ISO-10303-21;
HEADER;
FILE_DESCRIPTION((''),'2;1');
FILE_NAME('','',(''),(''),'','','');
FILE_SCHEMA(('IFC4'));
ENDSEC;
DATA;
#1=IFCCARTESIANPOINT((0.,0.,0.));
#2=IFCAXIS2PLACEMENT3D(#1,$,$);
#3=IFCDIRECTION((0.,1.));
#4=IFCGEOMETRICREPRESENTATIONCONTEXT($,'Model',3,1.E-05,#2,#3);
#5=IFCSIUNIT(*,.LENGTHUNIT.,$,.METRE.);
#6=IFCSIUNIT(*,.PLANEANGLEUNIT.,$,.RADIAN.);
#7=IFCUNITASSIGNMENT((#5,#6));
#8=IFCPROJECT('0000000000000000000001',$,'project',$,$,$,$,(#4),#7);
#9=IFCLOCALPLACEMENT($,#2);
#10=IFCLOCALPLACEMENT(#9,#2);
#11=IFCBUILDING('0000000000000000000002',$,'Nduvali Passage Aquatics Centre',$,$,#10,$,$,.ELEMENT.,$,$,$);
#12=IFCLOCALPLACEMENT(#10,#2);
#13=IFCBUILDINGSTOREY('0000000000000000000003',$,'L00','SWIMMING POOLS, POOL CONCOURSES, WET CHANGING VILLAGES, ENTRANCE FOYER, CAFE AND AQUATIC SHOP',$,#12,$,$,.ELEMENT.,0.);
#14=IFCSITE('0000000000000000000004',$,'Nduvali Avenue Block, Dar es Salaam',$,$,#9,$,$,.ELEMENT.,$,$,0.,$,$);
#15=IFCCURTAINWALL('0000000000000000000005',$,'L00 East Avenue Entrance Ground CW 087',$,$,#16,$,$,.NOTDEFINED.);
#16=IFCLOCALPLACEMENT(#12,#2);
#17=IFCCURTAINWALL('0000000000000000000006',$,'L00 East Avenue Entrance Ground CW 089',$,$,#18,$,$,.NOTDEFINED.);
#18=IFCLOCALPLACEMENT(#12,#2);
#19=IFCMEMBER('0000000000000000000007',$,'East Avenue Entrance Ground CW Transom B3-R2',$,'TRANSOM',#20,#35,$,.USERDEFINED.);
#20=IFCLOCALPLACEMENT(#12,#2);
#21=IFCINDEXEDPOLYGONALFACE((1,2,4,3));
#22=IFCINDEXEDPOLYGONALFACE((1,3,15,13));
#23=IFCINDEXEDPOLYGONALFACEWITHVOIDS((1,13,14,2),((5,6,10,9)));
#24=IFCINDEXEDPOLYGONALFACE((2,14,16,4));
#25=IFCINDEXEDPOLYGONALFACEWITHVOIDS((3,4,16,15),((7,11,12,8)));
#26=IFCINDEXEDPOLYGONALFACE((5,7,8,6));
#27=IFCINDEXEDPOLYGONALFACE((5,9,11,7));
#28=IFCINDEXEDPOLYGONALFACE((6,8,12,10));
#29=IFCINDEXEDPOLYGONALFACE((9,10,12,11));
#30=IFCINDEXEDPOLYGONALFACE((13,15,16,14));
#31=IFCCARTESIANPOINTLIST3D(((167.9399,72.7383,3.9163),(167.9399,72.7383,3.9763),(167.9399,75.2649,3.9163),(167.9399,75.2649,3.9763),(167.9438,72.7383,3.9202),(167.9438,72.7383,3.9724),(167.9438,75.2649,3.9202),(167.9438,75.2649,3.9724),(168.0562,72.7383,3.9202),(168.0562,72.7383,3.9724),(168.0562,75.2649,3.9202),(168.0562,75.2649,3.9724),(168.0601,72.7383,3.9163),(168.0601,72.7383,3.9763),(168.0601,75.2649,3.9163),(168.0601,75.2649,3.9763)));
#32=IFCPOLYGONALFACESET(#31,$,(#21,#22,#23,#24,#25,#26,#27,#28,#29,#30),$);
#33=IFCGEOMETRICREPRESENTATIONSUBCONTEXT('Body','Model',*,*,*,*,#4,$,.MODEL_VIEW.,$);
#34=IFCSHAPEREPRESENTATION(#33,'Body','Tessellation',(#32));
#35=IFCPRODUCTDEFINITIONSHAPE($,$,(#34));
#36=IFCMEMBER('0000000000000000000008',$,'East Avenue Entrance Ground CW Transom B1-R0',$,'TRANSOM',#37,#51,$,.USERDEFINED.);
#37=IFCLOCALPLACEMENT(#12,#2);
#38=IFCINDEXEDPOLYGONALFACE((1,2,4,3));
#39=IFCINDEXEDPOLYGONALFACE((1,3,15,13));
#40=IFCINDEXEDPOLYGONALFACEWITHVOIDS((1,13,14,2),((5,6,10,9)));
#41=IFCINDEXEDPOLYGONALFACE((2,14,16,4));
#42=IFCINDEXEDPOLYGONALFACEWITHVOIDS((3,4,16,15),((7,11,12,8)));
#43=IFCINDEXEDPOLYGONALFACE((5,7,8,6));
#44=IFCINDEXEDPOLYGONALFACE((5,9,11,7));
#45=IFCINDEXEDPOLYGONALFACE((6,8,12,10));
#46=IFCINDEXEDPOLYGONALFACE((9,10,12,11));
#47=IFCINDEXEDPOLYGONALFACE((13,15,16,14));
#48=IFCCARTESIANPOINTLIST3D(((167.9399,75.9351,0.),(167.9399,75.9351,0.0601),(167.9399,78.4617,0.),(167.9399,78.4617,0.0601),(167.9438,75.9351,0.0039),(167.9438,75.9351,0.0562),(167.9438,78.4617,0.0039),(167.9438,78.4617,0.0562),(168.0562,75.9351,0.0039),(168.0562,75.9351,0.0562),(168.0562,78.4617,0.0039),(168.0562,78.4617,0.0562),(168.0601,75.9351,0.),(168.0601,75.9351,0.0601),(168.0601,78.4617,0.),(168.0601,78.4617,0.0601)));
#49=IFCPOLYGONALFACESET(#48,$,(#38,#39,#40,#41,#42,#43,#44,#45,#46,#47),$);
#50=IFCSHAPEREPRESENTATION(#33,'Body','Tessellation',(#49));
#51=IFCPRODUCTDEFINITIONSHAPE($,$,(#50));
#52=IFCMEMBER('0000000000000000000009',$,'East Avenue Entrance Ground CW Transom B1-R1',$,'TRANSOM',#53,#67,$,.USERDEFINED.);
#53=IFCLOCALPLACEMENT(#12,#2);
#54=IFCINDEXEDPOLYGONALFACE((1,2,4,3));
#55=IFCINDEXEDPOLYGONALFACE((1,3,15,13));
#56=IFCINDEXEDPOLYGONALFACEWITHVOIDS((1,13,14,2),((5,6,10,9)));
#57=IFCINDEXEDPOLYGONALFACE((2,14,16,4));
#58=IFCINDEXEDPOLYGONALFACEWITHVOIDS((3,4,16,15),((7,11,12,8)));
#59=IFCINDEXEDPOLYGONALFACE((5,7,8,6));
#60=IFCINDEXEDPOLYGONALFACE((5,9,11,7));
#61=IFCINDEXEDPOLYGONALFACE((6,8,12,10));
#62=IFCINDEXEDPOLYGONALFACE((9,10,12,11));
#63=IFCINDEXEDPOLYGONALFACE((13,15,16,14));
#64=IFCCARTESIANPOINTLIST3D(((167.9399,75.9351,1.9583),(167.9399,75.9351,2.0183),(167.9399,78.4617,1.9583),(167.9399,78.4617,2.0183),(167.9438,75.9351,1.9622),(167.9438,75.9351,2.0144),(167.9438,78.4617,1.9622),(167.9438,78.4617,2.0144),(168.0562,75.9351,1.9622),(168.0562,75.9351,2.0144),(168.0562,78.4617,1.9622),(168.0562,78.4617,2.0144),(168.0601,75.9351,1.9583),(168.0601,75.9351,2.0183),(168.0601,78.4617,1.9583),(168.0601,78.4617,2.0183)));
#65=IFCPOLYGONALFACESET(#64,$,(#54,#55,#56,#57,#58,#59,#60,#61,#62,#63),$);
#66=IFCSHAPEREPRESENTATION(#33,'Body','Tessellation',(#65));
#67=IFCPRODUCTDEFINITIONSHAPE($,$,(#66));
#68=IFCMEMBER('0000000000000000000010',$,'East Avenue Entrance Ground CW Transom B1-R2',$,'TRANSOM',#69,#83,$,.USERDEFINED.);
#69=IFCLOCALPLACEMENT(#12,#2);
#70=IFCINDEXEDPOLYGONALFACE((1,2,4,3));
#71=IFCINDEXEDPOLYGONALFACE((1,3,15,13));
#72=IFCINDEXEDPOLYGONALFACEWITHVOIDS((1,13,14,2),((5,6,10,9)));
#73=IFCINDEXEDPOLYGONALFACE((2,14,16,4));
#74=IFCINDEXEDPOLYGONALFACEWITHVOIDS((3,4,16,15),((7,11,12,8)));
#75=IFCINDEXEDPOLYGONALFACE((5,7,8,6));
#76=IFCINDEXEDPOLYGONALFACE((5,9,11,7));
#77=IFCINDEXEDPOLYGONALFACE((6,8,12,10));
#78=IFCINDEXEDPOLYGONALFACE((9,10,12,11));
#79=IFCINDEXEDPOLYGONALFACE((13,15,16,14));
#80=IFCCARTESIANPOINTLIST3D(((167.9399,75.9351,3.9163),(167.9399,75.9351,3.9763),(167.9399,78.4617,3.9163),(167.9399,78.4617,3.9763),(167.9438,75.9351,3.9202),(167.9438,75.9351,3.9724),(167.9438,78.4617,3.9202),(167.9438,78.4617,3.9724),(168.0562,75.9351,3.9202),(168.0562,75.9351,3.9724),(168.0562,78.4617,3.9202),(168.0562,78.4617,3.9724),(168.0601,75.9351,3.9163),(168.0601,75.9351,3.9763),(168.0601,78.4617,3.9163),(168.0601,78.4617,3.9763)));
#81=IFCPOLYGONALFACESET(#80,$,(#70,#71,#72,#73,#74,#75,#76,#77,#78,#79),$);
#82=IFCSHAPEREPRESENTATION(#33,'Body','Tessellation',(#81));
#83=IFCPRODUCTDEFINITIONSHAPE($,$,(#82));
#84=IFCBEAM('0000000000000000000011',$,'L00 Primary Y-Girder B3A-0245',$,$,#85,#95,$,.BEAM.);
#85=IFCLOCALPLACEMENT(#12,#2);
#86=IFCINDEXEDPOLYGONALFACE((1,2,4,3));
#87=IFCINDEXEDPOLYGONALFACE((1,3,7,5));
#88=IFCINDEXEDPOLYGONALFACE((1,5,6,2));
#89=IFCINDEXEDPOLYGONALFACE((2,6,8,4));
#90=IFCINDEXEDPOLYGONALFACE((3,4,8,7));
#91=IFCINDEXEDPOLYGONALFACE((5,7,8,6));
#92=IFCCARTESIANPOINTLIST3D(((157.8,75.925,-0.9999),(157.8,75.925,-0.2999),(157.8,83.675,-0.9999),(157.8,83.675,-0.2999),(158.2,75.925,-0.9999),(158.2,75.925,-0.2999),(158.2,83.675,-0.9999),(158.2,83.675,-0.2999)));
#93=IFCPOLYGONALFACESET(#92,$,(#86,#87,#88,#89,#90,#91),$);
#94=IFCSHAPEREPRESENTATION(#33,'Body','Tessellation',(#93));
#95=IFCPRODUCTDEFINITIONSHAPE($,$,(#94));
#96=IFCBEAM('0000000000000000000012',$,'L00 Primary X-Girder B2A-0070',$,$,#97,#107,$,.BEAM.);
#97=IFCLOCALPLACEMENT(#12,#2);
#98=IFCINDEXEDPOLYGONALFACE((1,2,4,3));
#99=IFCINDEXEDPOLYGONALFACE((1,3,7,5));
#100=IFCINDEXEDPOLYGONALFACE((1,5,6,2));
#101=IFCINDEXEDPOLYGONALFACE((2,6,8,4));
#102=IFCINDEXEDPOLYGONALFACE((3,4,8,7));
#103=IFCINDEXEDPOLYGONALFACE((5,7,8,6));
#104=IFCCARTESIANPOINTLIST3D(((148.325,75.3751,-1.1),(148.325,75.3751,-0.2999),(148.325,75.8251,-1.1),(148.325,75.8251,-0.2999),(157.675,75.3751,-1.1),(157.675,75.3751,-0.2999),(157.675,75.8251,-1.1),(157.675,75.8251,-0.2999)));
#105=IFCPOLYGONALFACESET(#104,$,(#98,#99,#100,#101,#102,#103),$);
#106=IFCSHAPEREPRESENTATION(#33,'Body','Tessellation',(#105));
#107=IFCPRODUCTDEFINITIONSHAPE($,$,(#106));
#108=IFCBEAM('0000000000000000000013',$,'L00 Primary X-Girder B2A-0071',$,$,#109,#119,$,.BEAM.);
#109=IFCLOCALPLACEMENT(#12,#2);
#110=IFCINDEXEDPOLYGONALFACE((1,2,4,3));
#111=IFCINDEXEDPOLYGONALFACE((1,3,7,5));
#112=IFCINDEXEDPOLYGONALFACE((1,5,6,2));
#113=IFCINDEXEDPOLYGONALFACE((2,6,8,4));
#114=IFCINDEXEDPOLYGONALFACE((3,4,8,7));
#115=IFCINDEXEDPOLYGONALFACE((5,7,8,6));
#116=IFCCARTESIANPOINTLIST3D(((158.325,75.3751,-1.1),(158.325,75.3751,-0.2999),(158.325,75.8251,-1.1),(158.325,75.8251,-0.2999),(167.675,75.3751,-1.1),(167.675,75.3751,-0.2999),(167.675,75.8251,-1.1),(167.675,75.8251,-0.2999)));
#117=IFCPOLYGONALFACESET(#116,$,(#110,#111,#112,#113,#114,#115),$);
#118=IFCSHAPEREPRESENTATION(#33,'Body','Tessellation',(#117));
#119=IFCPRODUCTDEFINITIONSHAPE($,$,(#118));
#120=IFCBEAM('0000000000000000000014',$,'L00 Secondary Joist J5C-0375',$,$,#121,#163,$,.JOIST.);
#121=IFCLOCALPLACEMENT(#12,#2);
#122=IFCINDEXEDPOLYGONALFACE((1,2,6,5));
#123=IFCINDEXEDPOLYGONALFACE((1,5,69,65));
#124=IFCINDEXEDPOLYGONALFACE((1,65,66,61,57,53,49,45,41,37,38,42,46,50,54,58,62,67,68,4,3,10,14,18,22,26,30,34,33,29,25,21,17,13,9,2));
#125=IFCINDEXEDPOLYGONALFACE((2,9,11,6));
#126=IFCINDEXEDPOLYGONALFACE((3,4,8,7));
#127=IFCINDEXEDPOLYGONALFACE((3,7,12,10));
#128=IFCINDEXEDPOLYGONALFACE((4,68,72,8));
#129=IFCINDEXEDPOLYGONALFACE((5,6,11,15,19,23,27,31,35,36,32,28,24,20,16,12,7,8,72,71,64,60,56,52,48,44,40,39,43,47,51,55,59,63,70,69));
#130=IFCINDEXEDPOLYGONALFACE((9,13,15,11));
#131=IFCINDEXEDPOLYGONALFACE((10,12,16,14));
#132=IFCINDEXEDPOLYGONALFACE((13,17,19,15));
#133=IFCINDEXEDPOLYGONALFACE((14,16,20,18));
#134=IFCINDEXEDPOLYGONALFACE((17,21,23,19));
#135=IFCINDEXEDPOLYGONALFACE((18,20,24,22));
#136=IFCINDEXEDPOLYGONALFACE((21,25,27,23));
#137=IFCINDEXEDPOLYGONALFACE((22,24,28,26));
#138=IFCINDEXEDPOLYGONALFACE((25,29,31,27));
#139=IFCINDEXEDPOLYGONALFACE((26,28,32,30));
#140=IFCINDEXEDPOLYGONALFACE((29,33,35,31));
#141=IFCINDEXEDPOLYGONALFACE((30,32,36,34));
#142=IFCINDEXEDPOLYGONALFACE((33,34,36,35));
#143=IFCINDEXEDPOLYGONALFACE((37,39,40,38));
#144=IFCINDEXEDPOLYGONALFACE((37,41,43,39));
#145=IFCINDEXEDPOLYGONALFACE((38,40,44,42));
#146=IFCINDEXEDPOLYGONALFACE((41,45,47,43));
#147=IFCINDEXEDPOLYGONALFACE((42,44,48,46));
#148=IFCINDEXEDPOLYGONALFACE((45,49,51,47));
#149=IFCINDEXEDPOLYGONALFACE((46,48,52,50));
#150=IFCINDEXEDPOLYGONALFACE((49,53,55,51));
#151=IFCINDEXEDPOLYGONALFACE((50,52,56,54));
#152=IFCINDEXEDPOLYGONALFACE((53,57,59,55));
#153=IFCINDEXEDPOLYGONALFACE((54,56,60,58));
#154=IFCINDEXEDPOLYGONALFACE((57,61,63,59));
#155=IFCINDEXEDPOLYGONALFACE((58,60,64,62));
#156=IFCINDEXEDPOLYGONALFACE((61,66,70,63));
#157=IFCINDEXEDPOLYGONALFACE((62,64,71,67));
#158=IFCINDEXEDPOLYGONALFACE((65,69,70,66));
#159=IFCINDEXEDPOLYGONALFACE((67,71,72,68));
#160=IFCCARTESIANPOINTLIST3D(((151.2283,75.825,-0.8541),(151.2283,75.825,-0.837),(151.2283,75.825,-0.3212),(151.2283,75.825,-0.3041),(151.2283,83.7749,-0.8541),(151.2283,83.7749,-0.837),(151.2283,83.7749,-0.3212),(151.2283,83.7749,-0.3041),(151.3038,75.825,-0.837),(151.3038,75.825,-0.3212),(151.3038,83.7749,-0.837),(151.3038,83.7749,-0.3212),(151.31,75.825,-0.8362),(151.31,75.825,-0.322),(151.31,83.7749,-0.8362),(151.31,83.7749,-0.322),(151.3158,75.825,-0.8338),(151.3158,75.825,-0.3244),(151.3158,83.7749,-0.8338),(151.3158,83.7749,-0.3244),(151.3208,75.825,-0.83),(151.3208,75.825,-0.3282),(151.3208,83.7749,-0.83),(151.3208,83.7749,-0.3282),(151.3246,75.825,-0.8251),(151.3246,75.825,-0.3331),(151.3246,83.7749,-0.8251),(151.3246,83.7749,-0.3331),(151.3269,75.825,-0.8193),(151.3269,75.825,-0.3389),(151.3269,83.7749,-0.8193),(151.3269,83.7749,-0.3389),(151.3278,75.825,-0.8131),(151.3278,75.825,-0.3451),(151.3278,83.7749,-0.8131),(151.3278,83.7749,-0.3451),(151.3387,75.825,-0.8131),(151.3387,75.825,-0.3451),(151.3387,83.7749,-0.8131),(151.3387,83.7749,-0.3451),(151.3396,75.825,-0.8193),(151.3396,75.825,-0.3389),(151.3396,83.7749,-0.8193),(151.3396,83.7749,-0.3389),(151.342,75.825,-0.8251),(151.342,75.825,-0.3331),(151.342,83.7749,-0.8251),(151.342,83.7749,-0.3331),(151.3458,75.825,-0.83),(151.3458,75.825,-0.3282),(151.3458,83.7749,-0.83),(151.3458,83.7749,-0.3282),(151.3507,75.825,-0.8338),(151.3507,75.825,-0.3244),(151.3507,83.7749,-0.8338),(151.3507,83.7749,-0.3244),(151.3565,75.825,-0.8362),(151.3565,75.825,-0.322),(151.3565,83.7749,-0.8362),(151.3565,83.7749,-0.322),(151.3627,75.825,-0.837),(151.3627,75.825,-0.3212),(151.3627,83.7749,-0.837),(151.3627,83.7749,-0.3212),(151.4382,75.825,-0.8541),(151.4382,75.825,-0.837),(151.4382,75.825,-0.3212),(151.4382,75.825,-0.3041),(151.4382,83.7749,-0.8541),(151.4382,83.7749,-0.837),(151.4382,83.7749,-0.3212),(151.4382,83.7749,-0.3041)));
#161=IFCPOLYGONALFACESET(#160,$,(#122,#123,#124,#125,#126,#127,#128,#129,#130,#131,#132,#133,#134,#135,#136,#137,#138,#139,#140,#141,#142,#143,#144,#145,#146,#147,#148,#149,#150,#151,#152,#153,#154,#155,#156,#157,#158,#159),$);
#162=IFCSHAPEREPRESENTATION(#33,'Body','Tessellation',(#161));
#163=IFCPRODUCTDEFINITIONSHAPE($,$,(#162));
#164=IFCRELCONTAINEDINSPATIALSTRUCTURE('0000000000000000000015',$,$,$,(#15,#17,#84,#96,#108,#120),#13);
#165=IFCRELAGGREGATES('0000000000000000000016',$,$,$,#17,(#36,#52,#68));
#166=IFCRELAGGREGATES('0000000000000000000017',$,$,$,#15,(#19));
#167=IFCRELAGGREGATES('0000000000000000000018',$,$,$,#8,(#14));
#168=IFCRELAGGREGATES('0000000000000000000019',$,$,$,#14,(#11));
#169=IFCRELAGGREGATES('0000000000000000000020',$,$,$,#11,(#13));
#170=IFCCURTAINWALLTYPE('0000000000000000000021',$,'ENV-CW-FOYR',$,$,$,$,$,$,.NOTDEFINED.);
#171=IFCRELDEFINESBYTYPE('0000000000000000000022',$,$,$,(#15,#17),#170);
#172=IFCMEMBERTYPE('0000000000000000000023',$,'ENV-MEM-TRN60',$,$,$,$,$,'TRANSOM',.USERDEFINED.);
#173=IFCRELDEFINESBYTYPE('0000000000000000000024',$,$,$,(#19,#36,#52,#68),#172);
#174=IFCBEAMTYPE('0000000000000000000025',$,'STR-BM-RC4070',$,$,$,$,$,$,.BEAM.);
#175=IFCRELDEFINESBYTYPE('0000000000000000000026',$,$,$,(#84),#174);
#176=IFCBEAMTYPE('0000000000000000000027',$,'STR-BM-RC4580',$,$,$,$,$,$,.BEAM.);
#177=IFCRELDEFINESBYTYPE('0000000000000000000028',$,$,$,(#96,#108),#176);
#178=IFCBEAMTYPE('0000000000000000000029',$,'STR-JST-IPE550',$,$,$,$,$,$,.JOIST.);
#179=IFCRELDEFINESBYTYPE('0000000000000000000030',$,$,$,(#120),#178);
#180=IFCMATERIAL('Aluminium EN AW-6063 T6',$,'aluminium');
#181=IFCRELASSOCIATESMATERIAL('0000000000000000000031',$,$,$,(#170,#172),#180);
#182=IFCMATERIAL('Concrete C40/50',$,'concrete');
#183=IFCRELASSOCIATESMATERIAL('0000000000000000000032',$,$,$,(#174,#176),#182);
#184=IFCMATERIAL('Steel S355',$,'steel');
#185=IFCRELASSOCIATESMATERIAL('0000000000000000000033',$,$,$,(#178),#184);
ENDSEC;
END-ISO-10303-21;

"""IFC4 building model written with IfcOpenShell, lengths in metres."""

from ifc_helpers import new_model, si_unit, direction, frame, origin, origin_2d, place, context, subcontext, project, spatial, rectangle, hollow_rectangle, i_section, extrude, material, material_profile, profile_set, type_object, element, aggregate, save


model = new_model("IFC4")

# Units and contexts
model_context = context("Model", 3, precision=1e-05, world=origin(), true_north=direction((0.0, 1.0)))
body_context = subcontext(model_context, "Body", "Model", "MODEL_VIEW")
ifc_project = project(units=[si_unit("LENGTHUNIT", "METRE"), si_unit("PLANEANGLEUNIT", "RADIAN")], contexts=[model_context])

# Site, building, storey
site_placement = place(None, origin())
site = spatial("IfcSite", under=ifc_project, at=site_placement, Name="Nduvali Avenue Block, Dar es Salaam", CompositionType="ELEMENT", RefElevation=0.0)
building_placement = place(site_placement, origin())
building = spatial("IfcBuilding", under=site, at=building_placement, Name="Nduvali Passage Aquatics Centre", CompositionType="ELEMENT")
storey_placement = place(building_placement, origin())
storey = spatial("IfcBuildingStorey", under=building, at=storey_placement, Name="L00", Description="SWIMMING POOLS, POOL CONCOURSES, WET CHANGING VILLAGES, ENTRANCE FOYER, CAFE AND AQUATIC SHOP", CompositionType="ELEMENT", Elevation=0.0)

# Shared definitions
ifc_material_1 = material(Name="Concrete C40/50", Category="concrete")

# Curtain wall
ifc_material_2 = material(Name="Aluminium EN AW-6063 T6", Category="aluminium")
curtain_wall_type = type_object("IfcCurtainWallType", Name="ENV-CW-FOYR", PredefinedType="NOTDEFINED", material=ifc_material_2)
curtain_wall_1_placement = place(storey_placement, origin())
curtain_wall_1 = element("IfcCurtainWall", 1, at=curtain_wall_1_placement, inside=storey, type_object=curtain_wall_type, Name="L00 East Avenue Entrance Ground CW 087", PredefinedType="NOTDEFINED")

# Curtain wall
curtain_wall_2_placement = place(storey_placement, origin())
curtain_wall_2 = element("IfcCurtainWall", 2, at=curtain_wall_2_placement, inside=storey, type_object=curtain_wall_type, Name="L00 East Avenue Entrance Ground CW 089", PredefinedType="NOTDEFINED")

# Members
ifc_material_profile_1 = material_profile(ifc_material_2, hollow_rectangle(XDim=0.1201, YDim=0.0601, WallThickness=0.0039, at=origin_2d()), Name="ALU TRANSOM 120x60x4")
ifc_profile_set_1 = profile_set([ifc_material_profile_1], Name="Aluminium EN AW-6063 T6")
member_type_1 = type_object("IfcMemberType", Name="ENV-MEM-TRN60", ElementType="TRANSOM", PredefinedType="USERDEFINED", material=ifc_profile_set_1)
member_1_placement = place(storey_placement, frame((168.0, 72.7383, 3.9463), z_axis=(0.0, 1.0, 0.0), x_axis=(-1.0, 0.0, 0.0)))
member_1 = element("IfcMember", 3, at=member_1_placement, type_object=member_type_1, Name="East Avenue Entrance Ground CW Transom B3-R2", ObjectType="TRANSOM", PredefinedType="USERDEFINED", context=body_context, shape_type="SweptSolid", body=[
    extrude(hollow_rectangle(XDim=0.1201, YDim=0.0601, WallThickness=0.0039, at=origin_2d()), origin(), (0.0, 0.0, 1.0), 2.5266),
])
member_2_placement = place(storey_placement, frame((168.0, 75.9351, 0.03), z_axis=(0.0, 1.0, 0.0), x_axis=(-1.0, 0.0, 0.0)))
member_2 = element("IfcMember", 4, at=member_2_placement, type_object=member_type_1, Name="East Avenue Entrance Ground CW Transom B1-R0", ObjectType="TRANSOM", PredefinedType="USERDEFINED", context=body_context, shape_type="SweptSolid", body=[
    extrude(hollow_rectangle(XDim=0.1201, YDim=0.0601, WallThickness=0.0039, at=origin_2d()), origin(), (0.0, 0.0, 1.0), 2.5266),
])
member_3_placement = place(storey_placement, frame((168.0, 75.9351, 1.9883), z_axis=(0.0, 1.0, 0.0), x_axis=(-1.0, 0.0, 0.0)))
member_3 = element("IfcMember", 5, at=member_3_placement, type_object=member_type_1, Name="East Avenue Entrance Ground CW Transom B1-R1", ObjectType="TRANSOM", PredefinedType="USERDEFINED", context=body_context, shape_type="SweptSolid", body=[
    extrude(hollow_rectangle(XDim=0.1201, YDim=0.0601, WallThickness=0.0039, at=origin_2d()), origin(), (0.0, 0.0, 1.0), 2.5266),
])
member_4_placement = place(storey_placement, frame((168.0, 75.9351, 3.9463), z_axis=(0.0, 1.0, 0.0), x_axis=(-1.0, 0.0, 0.0)))
member_4 = element("IfcMember", 6, at=member_4_placement, type_object=member_type_1, Name="East Avenue Entrance Ground CW Transom B1-R2", ObjectType="TRANSOM", PredefinedType="USERDEFINED", context=body_context, shape_type="SweptSolid", body=[
    extrude(hollow_rectangle(XDim=0.1201, YDim=0.0601, WallThickness=0.0039, at=origin_2d()), origin(), (0.0, 0.0, 1.0), 2.5266),
])
aggregate(curtain_wall_2, [member_2, member_3, member_4])

# Beams
ifc_material_profile_2 = material_profile(ifc_material_1, rectangle(XDim=0.3999, YDim=0.7, at=origin_2d()), Name="RC 400x700")
ifc_profile_set_2 = profile_set([ifc_material_profile_2], Name="Concrete C40/50")
beam_type_1 = type_object("IfcBeamType", Name="STR-BM-RC4070", PredefinedType="BEAM", material=ifc_profile_set_2)
beam_1_placement = place(storey_placement, frame((158.0, 75.925, -0.6499), z_axis=(0.0, 1.0, 0.0), x_axis=(-1.0, 0.0, 0.0)))
element("IfcBeam", 7, at=beam_1_placement, inside=storey, type_object=beam_type_1, Name="L00 Primary Y-Girder B3A-0245", PredefinedType="BEAM", context=body_context, shape_type="SweptSolid", body=[
    extrude(rectangle(XDim=0.3999, YDim=0.7, at=origin_2d()), origin(), (0.0, 0.0, 1.0), 7.75),
])
ifc_material_profile_3 = material_profile(ifc_material_1, rectangle(XDim=0.45, YDim=0.8, at=origin_2d()), Name="RC 450x800")
ifc_profile_set_3 = profile_set([ifc_material_profile_3], Name="Concrete C40/50")
beam_type_2 = type_object("IfcBeamType", Name="STR-BM-RC4580", PredefinedType="BEAM", material=ifc_profile_set_3)
for number, where, z_axis, x_axis, name in (
    (8, (148.325, 75.6001, -0.7), (1.0, 0.0, 0.0), (0.0, 1.0, 0.0), "L00 Primary X-Girder B2A-0070"),
    (9, (158.325, 75.6001, -0.7), (1.0, 0.0, 0.0), (0.0, 1.0, 0.0), "L00 Primary X-Girder B2A-0071"),
):
    element("IfcBeam", number, at=place(storey_placement, frame(where, z_axis=z_axis, x_axis=x_axis)), inside=storey, type_object=beam_type_2, Name=name, PredefinedType="BEAM", context=body_context, shape_type="SweptSolid", body=[
        extrude(rectangle(XDim=0.45, YDim=0.8, at=origin_2d()), origin(), (0.0, 0.0, 1.0), 9.3501),
    ])
ifc_material_3 = material(Name="Steel S355", Category="steel")
ifc_material_profile_4 = material_profile(ifc_material_3, i_section(OverallWidth=0.21, OverallDepth=0.55, WebThickness=0.011, FlangeThickness=0.0171, FilletRadius=0.0239, at=origin_2d()), Name="IPE 550")
ifc_profile_set_4 = profile_set([ifc_material_profile_4], Name="Steel S355")
beam_type_3 = type_object("IfcBeamType", Name="STR-JST-IPE550", PredefinedType="JOIST", material=ifc_profile_set_4)
for number, where, z_axis, x_axis, name in (
    (10, (151.3333, 75.825, -0.5791), (0.0, 1.0, 0.0), (-1.0, 0.0, 0.0), "L00 Secondary Joist J5C-0375"),
):
    element("IfcBeam", number, at=place(storey_placement, frame(where, z_axis=z_axis, x_axis=x_axis)), inside=storey, type_object=beam_type_3, Name=name, PredefinedType="JOIST", context=body_context, shape_type="SweptSolid", body=[
        extrude(i_section(OverallWidth=0.21, OverallDepth=0.55, WebThickness=0.011, FlangeThickness=0.0171, FilletRadius=0.0239, at=origin_2d()), origin(), (0.0, 0.0, 1.0), 7.95),
    ])

aggregate(curtain_wall_1, [member_1])

save(model, "model.ifc")
